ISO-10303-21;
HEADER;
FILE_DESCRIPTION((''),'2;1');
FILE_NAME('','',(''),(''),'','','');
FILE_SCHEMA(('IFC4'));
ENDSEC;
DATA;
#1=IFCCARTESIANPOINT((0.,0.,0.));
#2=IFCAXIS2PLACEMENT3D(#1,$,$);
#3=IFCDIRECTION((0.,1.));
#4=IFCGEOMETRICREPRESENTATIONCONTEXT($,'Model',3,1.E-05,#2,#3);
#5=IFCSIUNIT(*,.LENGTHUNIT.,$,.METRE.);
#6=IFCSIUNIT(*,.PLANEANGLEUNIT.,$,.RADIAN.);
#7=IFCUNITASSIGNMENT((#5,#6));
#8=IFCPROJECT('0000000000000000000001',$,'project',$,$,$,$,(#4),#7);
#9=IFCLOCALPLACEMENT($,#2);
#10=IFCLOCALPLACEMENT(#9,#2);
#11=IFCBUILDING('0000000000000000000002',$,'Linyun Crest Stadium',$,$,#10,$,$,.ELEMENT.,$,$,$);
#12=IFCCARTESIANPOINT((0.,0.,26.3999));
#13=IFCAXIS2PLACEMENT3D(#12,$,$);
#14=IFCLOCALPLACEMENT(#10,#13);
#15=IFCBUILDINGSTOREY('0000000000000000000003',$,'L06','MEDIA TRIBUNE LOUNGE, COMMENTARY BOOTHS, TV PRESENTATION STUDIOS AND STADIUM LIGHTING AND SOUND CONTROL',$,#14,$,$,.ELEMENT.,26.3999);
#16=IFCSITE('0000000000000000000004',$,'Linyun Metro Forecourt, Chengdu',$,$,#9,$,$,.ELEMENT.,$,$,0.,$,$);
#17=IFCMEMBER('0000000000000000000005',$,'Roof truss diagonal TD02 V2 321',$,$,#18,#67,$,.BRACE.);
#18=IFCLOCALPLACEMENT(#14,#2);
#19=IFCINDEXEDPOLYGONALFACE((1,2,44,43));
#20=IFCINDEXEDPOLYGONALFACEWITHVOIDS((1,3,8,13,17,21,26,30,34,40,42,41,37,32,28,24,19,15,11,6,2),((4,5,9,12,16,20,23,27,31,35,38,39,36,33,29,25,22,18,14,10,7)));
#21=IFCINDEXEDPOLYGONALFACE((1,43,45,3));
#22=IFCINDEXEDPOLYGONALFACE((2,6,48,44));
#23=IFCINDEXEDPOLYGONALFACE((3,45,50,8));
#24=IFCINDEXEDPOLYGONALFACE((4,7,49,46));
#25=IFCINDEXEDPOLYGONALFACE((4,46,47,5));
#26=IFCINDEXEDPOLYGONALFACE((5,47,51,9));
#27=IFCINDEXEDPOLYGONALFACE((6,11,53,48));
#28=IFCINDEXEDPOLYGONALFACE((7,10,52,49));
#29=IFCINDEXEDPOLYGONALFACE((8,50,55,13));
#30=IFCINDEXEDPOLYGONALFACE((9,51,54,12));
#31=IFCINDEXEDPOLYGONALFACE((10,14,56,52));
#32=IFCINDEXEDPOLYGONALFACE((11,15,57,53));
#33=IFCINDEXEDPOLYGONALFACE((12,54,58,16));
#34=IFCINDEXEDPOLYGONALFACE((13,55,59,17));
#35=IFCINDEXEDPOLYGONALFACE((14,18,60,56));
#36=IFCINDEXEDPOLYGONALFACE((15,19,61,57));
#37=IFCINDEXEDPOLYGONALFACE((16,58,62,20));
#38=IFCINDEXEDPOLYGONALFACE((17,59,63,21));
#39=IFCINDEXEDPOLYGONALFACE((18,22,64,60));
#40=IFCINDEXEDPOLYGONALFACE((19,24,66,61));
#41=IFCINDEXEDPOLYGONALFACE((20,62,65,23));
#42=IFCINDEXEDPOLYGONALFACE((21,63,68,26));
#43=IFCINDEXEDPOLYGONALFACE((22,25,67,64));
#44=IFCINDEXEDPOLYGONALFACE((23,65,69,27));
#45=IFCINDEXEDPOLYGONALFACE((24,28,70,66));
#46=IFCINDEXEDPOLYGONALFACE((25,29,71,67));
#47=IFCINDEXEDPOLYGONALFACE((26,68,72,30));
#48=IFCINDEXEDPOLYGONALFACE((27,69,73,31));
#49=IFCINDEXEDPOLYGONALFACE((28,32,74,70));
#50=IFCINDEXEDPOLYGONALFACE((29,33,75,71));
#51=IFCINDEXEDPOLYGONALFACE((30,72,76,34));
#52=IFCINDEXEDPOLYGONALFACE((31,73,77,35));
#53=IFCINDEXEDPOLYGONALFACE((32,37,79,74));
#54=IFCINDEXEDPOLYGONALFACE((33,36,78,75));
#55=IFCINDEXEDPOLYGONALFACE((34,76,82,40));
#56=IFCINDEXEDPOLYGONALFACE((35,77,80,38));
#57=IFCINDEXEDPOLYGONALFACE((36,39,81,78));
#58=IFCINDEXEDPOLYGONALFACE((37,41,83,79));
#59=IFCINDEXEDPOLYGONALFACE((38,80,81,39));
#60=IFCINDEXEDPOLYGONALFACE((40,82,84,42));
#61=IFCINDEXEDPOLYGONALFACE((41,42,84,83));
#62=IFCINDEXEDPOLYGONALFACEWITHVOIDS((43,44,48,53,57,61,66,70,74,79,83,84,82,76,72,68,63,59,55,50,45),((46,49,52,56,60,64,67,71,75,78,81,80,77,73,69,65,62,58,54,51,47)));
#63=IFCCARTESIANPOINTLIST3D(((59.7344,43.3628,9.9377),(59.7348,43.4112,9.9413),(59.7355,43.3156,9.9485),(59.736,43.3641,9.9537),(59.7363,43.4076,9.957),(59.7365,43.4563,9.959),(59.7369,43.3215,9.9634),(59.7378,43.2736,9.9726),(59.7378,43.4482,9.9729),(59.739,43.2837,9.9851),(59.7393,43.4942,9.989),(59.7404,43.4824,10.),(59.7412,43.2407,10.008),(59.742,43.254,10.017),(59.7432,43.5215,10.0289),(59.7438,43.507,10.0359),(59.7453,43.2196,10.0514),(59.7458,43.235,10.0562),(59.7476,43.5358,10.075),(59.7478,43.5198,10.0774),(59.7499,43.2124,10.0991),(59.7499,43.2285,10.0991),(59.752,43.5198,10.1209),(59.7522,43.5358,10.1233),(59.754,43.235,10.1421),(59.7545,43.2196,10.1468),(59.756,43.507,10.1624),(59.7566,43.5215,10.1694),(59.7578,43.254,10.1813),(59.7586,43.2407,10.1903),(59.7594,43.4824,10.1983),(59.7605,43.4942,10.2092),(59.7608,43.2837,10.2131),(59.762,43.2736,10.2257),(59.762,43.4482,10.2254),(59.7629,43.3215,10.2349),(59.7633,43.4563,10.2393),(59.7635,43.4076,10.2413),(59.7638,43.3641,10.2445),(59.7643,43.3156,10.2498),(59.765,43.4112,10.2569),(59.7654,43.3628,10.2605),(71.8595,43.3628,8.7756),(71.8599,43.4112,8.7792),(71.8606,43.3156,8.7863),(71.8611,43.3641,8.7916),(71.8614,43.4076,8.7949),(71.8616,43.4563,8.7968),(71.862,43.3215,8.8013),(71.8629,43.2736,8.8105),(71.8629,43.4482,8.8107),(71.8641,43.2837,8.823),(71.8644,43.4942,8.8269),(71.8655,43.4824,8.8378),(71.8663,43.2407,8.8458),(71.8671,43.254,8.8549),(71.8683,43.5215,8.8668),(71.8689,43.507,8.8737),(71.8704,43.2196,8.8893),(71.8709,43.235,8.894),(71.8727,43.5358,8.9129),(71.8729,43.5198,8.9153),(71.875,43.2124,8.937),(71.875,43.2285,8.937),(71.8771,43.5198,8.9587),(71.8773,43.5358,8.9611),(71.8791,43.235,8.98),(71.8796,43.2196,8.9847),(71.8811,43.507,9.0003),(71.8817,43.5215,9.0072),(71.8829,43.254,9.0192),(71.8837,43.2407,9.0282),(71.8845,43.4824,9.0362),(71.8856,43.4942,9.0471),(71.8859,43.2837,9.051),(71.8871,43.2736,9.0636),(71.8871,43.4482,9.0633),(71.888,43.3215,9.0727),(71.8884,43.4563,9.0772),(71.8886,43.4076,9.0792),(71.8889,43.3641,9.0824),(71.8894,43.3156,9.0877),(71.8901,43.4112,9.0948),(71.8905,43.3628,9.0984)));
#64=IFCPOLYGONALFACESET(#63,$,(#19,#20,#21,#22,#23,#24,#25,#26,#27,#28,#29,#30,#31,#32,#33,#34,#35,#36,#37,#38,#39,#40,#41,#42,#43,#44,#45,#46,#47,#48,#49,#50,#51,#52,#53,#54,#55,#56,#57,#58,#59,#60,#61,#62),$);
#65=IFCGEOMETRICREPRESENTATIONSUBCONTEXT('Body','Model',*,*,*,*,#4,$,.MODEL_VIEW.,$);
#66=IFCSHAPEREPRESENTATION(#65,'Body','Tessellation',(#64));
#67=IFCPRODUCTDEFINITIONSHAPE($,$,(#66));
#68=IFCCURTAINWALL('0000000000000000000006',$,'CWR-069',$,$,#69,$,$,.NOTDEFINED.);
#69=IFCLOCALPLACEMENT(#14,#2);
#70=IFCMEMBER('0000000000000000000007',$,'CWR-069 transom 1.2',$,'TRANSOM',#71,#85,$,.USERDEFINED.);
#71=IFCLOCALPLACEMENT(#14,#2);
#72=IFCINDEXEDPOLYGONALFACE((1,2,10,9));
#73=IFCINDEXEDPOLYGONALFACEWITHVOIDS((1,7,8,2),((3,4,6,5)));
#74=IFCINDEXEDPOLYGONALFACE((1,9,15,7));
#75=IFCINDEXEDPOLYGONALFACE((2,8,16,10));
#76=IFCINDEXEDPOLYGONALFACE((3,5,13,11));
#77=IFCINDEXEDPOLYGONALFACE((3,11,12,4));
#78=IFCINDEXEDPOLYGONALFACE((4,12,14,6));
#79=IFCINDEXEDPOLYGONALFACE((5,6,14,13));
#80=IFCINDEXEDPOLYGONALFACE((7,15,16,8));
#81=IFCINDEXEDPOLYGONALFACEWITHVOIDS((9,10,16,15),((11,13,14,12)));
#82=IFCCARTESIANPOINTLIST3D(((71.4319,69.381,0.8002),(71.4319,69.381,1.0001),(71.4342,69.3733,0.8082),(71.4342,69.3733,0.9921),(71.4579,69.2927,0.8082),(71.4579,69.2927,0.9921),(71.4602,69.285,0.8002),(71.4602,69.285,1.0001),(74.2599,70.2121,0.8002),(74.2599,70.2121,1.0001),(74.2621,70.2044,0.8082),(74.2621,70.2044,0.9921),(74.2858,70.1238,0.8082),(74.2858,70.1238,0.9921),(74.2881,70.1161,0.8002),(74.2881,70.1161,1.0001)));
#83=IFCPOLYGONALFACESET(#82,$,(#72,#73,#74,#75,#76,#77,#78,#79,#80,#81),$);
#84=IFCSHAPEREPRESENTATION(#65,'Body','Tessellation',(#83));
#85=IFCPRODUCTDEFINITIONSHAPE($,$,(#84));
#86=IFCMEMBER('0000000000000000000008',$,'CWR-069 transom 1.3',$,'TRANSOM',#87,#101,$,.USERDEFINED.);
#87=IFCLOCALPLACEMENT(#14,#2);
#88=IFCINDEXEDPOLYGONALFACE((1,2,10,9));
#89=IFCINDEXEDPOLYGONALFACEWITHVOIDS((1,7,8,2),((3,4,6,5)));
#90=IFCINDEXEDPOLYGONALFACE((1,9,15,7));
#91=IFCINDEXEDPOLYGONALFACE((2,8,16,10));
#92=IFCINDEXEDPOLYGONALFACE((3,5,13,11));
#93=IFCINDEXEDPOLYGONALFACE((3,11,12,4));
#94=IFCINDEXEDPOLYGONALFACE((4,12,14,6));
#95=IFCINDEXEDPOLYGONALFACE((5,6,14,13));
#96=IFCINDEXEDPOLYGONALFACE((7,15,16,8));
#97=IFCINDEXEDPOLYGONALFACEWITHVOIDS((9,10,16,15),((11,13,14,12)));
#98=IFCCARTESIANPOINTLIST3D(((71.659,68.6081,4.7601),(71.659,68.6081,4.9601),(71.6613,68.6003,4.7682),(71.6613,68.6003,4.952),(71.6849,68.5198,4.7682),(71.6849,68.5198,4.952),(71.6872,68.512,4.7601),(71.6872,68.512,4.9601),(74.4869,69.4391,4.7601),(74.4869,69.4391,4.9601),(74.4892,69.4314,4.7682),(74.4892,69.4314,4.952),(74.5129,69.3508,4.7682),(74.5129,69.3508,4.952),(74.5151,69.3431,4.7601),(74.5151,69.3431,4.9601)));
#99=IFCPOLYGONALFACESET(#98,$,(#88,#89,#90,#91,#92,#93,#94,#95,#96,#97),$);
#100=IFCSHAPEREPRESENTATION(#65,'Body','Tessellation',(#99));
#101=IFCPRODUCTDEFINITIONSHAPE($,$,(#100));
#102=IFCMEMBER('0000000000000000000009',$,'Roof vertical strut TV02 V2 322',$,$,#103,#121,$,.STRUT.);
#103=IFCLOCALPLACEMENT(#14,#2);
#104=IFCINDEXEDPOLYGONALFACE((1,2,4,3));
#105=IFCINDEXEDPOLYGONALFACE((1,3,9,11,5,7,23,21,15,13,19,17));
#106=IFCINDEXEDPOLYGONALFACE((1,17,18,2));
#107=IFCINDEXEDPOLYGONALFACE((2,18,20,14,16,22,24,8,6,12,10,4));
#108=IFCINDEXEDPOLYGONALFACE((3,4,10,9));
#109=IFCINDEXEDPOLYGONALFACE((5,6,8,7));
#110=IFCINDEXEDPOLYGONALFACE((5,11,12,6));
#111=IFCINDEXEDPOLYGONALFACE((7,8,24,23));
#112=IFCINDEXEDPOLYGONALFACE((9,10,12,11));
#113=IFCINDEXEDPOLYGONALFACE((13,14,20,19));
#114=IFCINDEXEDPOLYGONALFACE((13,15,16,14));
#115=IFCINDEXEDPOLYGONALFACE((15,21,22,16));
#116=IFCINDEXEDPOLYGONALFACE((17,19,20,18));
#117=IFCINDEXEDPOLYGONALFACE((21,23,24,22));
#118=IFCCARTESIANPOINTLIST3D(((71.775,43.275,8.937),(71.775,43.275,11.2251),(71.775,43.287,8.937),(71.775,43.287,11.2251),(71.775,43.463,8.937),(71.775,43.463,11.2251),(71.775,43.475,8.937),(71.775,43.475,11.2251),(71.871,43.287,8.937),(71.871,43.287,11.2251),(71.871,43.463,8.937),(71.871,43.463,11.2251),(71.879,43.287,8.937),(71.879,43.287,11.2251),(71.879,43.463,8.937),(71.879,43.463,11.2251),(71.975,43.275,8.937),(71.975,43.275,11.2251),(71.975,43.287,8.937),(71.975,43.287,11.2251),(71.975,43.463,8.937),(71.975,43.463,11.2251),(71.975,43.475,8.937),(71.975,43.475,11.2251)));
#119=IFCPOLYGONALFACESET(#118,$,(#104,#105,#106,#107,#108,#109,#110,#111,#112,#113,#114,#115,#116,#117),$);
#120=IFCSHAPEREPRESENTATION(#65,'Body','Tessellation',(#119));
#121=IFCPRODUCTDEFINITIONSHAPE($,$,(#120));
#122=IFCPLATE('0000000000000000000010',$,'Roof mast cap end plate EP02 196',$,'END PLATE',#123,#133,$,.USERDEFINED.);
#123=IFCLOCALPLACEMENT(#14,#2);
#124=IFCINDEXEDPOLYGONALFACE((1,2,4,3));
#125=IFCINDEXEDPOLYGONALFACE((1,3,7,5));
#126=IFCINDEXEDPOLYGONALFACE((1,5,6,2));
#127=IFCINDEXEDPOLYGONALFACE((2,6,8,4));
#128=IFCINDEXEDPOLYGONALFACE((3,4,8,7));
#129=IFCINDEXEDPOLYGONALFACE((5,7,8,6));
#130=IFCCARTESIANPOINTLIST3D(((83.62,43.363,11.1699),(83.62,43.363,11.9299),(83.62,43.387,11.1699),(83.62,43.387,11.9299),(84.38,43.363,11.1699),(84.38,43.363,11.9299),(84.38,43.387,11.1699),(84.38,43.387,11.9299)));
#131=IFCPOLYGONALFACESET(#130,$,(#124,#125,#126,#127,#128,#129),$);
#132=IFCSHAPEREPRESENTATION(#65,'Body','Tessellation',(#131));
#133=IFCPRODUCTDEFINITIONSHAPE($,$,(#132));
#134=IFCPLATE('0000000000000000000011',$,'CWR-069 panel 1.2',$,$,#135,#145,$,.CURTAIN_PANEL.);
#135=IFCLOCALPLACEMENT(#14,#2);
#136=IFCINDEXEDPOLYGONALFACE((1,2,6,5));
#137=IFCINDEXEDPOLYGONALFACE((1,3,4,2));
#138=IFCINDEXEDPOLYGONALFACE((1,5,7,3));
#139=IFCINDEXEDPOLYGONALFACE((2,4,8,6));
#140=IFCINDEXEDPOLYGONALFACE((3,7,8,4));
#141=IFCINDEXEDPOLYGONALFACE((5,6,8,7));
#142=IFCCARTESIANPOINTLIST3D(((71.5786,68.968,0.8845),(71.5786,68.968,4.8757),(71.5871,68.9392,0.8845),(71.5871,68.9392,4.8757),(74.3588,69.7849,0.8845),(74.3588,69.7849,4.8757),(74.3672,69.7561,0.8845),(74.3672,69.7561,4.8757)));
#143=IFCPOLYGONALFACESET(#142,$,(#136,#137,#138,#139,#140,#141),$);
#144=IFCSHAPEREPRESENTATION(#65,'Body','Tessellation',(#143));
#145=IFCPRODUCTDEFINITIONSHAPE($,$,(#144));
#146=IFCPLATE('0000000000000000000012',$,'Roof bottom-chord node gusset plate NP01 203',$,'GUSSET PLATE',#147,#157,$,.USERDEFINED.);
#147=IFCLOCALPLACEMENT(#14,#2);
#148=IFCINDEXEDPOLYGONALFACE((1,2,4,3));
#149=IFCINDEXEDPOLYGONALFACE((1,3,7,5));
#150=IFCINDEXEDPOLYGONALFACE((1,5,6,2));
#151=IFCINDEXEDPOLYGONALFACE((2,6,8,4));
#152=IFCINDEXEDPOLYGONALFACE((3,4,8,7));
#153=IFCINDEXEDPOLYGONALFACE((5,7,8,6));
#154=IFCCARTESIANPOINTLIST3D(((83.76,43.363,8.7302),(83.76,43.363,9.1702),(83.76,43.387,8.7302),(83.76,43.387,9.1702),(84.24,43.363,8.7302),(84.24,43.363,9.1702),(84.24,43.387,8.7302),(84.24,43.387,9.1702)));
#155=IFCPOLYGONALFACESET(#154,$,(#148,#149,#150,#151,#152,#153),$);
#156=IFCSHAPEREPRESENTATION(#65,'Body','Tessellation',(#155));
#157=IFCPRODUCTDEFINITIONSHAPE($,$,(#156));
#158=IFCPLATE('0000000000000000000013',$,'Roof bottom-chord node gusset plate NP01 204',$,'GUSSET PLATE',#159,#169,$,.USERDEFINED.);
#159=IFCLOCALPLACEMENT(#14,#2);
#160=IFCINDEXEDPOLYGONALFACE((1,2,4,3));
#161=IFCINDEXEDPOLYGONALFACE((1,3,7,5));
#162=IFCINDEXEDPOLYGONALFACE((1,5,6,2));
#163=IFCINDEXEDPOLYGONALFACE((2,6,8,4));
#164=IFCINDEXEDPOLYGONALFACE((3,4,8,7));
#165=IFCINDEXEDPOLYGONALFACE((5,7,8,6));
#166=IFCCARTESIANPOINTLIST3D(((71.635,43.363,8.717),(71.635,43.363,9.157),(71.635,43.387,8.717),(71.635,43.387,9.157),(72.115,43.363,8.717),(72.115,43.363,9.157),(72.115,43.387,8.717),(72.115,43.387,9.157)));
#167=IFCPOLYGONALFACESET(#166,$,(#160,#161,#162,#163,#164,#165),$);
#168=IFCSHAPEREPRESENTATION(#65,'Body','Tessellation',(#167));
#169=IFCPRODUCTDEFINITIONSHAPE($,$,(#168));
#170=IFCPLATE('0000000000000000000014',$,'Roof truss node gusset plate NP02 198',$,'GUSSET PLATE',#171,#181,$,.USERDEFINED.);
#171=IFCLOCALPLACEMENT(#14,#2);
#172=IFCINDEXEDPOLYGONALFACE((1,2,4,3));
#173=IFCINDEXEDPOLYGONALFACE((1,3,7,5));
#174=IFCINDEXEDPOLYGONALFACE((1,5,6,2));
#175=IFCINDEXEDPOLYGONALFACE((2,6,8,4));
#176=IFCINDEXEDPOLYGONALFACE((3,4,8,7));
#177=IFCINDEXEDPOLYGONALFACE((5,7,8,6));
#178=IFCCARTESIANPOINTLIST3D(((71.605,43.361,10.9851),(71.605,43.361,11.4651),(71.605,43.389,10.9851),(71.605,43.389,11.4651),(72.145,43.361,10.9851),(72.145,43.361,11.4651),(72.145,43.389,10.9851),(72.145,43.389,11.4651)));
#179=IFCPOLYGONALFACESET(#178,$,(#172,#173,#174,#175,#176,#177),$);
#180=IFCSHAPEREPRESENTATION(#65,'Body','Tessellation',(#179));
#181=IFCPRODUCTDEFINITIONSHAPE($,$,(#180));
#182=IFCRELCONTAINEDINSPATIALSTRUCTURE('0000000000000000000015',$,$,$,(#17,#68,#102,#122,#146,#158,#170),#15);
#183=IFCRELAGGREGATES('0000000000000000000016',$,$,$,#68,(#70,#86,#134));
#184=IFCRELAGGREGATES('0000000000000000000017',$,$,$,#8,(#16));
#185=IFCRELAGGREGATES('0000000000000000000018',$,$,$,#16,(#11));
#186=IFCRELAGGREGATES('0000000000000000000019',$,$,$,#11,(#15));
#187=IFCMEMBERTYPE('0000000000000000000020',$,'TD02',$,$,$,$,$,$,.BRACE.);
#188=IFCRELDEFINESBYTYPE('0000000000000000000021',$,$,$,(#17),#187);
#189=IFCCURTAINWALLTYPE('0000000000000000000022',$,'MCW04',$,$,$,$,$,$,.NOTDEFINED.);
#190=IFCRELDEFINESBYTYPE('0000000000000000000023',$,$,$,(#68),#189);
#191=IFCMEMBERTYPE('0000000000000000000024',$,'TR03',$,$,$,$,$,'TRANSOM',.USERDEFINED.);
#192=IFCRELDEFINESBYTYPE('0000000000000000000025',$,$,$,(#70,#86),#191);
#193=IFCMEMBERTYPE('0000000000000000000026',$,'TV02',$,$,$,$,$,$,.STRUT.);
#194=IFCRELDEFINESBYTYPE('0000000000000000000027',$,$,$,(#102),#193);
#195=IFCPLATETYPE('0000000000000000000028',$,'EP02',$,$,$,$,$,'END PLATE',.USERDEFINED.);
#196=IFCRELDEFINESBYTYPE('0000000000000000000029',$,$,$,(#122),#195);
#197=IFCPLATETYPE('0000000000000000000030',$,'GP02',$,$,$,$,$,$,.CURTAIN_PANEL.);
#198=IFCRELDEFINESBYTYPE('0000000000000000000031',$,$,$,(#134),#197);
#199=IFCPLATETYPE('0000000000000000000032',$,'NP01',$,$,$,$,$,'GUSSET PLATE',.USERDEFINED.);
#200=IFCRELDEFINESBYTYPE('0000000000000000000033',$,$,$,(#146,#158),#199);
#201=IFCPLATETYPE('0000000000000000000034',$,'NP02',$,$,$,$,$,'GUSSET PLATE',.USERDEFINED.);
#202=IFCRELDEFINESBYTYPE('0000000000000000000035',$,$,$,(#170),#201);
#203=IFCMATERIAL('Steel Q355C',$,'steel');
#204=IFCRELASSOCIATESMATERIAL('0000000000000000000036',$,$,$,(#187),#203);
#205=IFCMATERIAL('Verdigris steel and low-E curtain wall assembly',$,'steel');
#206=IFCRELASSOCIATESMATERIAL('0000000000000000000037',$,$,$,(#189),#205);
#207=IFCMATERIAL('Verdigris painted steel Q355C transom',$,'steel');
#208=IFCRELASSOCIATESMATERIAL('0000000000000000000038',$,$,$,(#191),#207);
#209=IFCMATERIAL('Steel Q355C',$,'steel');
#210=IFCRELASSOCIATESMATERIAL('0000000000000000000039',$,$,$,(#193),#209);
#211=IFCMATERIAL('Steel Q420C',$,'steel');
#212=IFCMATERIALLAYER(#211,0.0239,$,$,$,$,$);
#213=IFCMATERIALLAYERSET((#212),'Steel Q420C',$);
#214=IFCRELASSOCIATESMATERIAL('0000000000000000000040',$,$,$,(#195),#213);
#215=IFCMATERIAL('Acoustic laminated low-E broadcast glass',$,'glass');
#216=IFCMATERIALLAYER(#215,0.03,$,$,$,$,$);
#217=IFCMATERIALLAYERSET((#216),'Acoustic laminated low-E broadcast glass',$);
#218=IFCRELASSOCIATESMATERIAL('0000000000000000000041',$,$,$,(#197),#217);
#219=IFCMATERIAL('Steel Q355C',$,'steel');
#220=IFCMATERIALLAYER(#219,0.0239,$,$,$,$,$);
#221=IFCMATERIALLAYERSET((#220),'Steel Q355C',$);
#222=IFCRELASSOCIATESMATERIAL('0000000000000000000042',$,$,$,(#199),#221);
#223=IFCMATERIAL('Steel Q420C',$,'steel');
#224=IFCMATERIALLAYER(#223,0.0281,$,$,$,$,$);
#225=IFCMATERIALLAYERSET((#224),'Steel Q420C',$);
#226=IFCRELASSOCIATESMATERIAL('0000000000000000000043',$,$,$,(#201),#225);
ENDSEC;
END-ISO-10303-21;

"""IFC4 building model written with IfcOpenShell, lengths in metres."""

from ifc_helpers import new_model, si_unit, direction, frame, origin, origin_2d, place, context, subcontext, project, spatial, rectangle, hollow_rectangle, hollow_circle, i_section, extrude, material, layer, layer_set, material_profile, profile_set, type_object, element, aggregate, save


model = new_model("IFC4")

# Units and contexts
model_context = context("Model", 3, precision=1e-05, world=origin(), true_north=direction((0.0, 1.0)))
body_context = subcontext(model_context, "Body", "Model", "MODEL_VIEW")
ifc_project = project(units=[si_unit("LENGTHUNIT", "METRE"), si_unit("PLANEANGLEUNIT", "RADIAN")], contexts=[model_context])

# Site, building, storey
site_placement = place(None, origin())
site = spatial("IfcSite", under=ifc_project, at=site_placement, Name="Linyun Metro Forecourt, Chengdu", CompositionType="ELEMENT", RefElevation=0.0)
building_placement = place(site_placement, origin())
building = spatial("IfcBuilding", under=site, at=building_placement, Name="Linyun Crest Stadium", CompositionType="ELEMENT")
storey_placement = place(building_placement, frame((0.0, 0.0, 26.3999)))
storey = spatial("IfcBuildingStorey", under=building, at=storey_placement, Name="L06", Description="MEDIA TRIBUNE LOUNGE, COMMENTARY BOOTHS, TV PRESENTATION STUDIOS AND STADIUM LIGHTING AND SOUND CONTROL", CompositionType="ELEMENT", Elevation=26.3999)

# Member
ifc_material_1 = material(Name="Steel Q355C", Category="steel")
ifc_material_profile_1 = material_profile(ifc_material_1, hollow_circle(Radius=0.1626, WallThickness=0.0161, at=origin_2d()), Name="CHS 325x16")
ifc_profile_set_1 = profile_set([ifc_material_profile_1], Name="Steel Q355C")
member_type_1 = type_object("IfcMemberType", Name="TD02", PredefinedType="BRACE", material=ifc_profile_set_1)
member_1_placement = place(storey_placement, frame((71.875, 43.375, 8.937), z_axis=(-0.995438, 0.0, 0.095407), x_axis=(0.0, -1.0, 0.0)))
element("IfcMember", 1, at=member_1_placement, inside=storey, type_object=member_type_1, Name="Roof truss diagonal TD02 V2 321", PredefinedType="BRACE", context=body_context, shape_type="SweptSolid", body=[
    extrude(hollow_circle(Radius=0.1626, WallThickness=0.0161, at=origin_2d()), origin(), (0.0, 0.0, 1.0), 12.1807),
])

# Curtain wall, members
ifc_material_2 = material(Name="Verdigris steel and low-E curtain wall assembly", Category="steel")
curtain_wall_type = type_object("IfcCurtainWallType", Name="MCW04", PredefinedType="NOTDEFINED", material=ifc_material_2)
curtain_wall_placement = place(storey_placement, origin())
curtain_wall = element("IfcCurtainWall", 2, at=curtain_wall_placement, inside=storey, type_object=curtain_wall_type, Name="CWR-069", PredefinedType="NOTDEFINED")
ifc_material_3 = material(Name="Verdigris painted steel Q355C transom", Category="steel")
ifc_material_profile_2 = material_profile(ifc_material_3, hollow_rectangle(XDim=0.1001, YDim=0.2, WallThickness=0.0081, at=origin_2d()), Name="RHS 200x100x8")
ifc_profile_set_2 = profile_set([ifc_material_profile_2], Name="Verdigris painted steel Q355C transom")
member_type_2 = type_object("IfcMemberType", Name="TR03", ElementType="TRANSOM", PredefinedType="USERDEFINED", material=ifc_profile_set_2)
member_2_placement = place(storey_placement, frame((71.446, 69.333, 0.9001), z_axis=(0.959427, 0.281956, 0.0), x_axis=(-0.281956, 0.959427, 0.0)))
member_2 = element("IfcMember", 3, at=member_2_placement, type_object=member_type_2, Name="CWR-069 transom 1.2", ObjectType="TRANSOM", PredefinedType="USERDEFINED", context=body_context, shape_type="SweptSolid", body=[
    extrude(hollow_rectangle(XDim=0.1001, YDim=0.2, WallThickness=0.0081, at=origin_2d()), origin(), (0.0, 0.0, 1.0), 2.9475),
])
member_3_placement = place(storey_placement, frame((71.6731, 68.5601, 4.8601), z_axis=(0.959427, 0.281956, 0.0), x_axis=(-0.281956, 0.959427, 0.0)))
member_3 = element("IfcMember", 4, at=member_3_placement, type_object=member_type_2, Name="CWR-069 transom 1.3", ObjectType="TRANSOM", PredefinedType="USERDEFINED", context=body_context, shape_type="SweptSolid", body=[
    extrude(hollow_rectangle(XDim=0.1001, YDim=0.2, WallThickness=0.0081, at=origin_2d()), origin(), (0.0, 0.0, 1.0), 2.9475),
])

# Member
ifc_material_4 = material(Name="Steel Q355C", Category="steel")
ifc_material_profile_3 = material_profile(ifc_material_4, i_section(OverallWidth=0.2, OverallDepth=0.2, WebThickness=0.0081, FlangeThickness=0.012, at=origin_2d()), Name="HW 200x200")
ifc_profile_set_3 = profile_set([ifc_material_profile_3], Name="Steel Q355C")
member_type_3 = type_object("IfcMemberType", Name="TV02", PredefinedType="STRUT", material=ifc_profile_set_3)
member_4_placement = place(storey_placement, frame((71.875, 43.375, 8.937), z_axis=(0.0, 0.0, 1.0), x_axis=(1.0, 0.0, 0.0)))
element("IfcMember", 5, at=member_4_placement, inside=storey, type_object=member_type_3, Name="Roof vertical strut TV02 V2 322", PredefinedType="STRUT", context=body_context, shape_type="SweptSolid", body=[
    extrude(i_section(OverallWidth=0.2, OverallDepth=0.2, WebThickness=0.0081, FlangeThickness=0.012, at=origin_2d()), origin(), (0.0, 0.0, 1.0), 2.2881),
])

# Plates
ifc_material_5 = material(Name="Steel Q420C", Category="steel")
ifc_layer_1 = layer(ifc_material_5, 0.0239)
ifc_layer_set_1 = layer_set([ifc_layer_1], Name="Steel Q420C")
plate_type_1 = type_object("IfcPlateType", Name="EP02", ElementType="END PLATE", PredefinedType="USERDEFINED", material=ifc_layer_set_1)
plate_1_placement = place(storey_placement, frame((84.0, 43.375, 11.1699), z_axis=(0.0, 0.0, 1.0), x_axis=(1.0, 0.0, 0.0)))
element("IfcPlate", 6, at=plate_1_placement, inside=storey, type_object=plate_type_1, Name="Roof mast cap end plate EP02 196", ObjectType="END PLATE", PredefinedType="USERDEFINED", context=body_context, shape_type="SweptSolid", body=[
    extrude(rectangle(XDim=0.76, YDim=0.0239, at=origin_2d()), origin(), (0.0, 0.0, 1.0), 0.76),
])
ifc_material_6 = material(Name="Acoustic laminated low-E broadcast glass", Category="glass")
ifc_layer_2 = layer(ifc_material_6, 0.03)
ifc_layer_set_2 = layer_set([ifc_layer_2], Name="Acoustic laminated low-E broadcast glass")
plate_type_2 = type_object("IfcPlateType", Name="GP02", PredefinedType="CURTAIN_PANEL", material=ifc_layer_set_2)
plate_2_placement = place(storey_placement, frame((72.9729, 69.3621, 0.8845), z_axis=(0.0, 0.0, 1.0), x_axis=(0.959437, 0.281923, 0.0)))
plate_2 = element("IfcPlate", 7, at=plate_2_placement, type_object=plate_type_2, Name="CWR-069 panel 1.2", PredefinedType="CURTAIN_PANEL", context=body_context, shape_type="SweptSolid", body=[
    extrude(rectangle(XDim=2.8977, YDim=0.03, at=origin_2d()), origin(), (0.0, 0.0, 1.0), 3.9912),
])
aggregate(curtain_wall, [member_2, member_3, plate_2])

# Plates
ifc_material_7 = material(Name="Steel Q355C", Category="steel")
ifc_layer_3 = layer(ifc_material_7, 0.0239)
ifc_layer_set_3 = layer_set([ifc_layer_3], Name="Steel Q355C")
plate_type_3 = type_object("IfcPlateType", Name="NP01", ElementType="GUSSET PLATE", PredefinedType="USERDEFINED", material=ifc_layer_set_3)
for number, where, z_axis, x_axis, name in (
    (8, (84.0, 43.375, 8.7302), (0.0, 0.0, 1.0), (1.0, 0.0, 0.0), "Roof bottom-chord node gusset plate NP01 203"),
    (9, (71.875, 43.375, 8.717), (0.0, 0.0, 1.0), (1.0, 0.0, 0.0), "Roof bottom-chord node gusset plate NP01 204"),
):
    element("IfcPlate", number, at=place(storey_placement, frame(where, z_axis=z_axis, x_axis=x_axis)), inside=storey, type_object=plate_type_3, Name=name, ObjectType="GUSSET PLATE", PredefinedType="USERDEFINED", context=body_context, shape_type="SweptSolid", body=[
        extrude(rectangle(XDim=0.48, YDim=0.0239, at=origin_2d()), origin(), (0.0, 0.0, 1.0), 0.4399),
    ])
ifc_material_8 = material(Name="Steel Q420C", Category="steel")
ifc_layer_4 = layer(ifc_material_8, 0.0281)
ifc_layer_set_4 = layer_set([ifc_layer_4], Name="Steel Q420C")
plate_type_4 = type_object("IfcPlateType", Name="NP02", ElementType="GUSSET PLATE", PredefinedType="USERDEFINED", material=ifc_layer_set_4)
plate_3_placement = place(storey_placement, frame((71.875, 43.375, 10.9851), z_axis=(0.0, 0.0, 1.0), x_axis=(1.0, 0.0, 0.0)))
element("IfcPlate", 10, at=plate_3_placement, inside=storey, type_object=plate_type_4, Name="Roof truss node gusset plate NP02 198", ObjectType="GUSSET PLATE", PredefinedType="USERDEFINED", context=body_context, shape_type="SweptSolid", body=[
    extrude(rectangle(XDim=0.54, YDim=0.0281, at=origin_2d()), origin(), (0.0, 0.0, 1.0), 0.48),
])

save(model, "model.ifc")
